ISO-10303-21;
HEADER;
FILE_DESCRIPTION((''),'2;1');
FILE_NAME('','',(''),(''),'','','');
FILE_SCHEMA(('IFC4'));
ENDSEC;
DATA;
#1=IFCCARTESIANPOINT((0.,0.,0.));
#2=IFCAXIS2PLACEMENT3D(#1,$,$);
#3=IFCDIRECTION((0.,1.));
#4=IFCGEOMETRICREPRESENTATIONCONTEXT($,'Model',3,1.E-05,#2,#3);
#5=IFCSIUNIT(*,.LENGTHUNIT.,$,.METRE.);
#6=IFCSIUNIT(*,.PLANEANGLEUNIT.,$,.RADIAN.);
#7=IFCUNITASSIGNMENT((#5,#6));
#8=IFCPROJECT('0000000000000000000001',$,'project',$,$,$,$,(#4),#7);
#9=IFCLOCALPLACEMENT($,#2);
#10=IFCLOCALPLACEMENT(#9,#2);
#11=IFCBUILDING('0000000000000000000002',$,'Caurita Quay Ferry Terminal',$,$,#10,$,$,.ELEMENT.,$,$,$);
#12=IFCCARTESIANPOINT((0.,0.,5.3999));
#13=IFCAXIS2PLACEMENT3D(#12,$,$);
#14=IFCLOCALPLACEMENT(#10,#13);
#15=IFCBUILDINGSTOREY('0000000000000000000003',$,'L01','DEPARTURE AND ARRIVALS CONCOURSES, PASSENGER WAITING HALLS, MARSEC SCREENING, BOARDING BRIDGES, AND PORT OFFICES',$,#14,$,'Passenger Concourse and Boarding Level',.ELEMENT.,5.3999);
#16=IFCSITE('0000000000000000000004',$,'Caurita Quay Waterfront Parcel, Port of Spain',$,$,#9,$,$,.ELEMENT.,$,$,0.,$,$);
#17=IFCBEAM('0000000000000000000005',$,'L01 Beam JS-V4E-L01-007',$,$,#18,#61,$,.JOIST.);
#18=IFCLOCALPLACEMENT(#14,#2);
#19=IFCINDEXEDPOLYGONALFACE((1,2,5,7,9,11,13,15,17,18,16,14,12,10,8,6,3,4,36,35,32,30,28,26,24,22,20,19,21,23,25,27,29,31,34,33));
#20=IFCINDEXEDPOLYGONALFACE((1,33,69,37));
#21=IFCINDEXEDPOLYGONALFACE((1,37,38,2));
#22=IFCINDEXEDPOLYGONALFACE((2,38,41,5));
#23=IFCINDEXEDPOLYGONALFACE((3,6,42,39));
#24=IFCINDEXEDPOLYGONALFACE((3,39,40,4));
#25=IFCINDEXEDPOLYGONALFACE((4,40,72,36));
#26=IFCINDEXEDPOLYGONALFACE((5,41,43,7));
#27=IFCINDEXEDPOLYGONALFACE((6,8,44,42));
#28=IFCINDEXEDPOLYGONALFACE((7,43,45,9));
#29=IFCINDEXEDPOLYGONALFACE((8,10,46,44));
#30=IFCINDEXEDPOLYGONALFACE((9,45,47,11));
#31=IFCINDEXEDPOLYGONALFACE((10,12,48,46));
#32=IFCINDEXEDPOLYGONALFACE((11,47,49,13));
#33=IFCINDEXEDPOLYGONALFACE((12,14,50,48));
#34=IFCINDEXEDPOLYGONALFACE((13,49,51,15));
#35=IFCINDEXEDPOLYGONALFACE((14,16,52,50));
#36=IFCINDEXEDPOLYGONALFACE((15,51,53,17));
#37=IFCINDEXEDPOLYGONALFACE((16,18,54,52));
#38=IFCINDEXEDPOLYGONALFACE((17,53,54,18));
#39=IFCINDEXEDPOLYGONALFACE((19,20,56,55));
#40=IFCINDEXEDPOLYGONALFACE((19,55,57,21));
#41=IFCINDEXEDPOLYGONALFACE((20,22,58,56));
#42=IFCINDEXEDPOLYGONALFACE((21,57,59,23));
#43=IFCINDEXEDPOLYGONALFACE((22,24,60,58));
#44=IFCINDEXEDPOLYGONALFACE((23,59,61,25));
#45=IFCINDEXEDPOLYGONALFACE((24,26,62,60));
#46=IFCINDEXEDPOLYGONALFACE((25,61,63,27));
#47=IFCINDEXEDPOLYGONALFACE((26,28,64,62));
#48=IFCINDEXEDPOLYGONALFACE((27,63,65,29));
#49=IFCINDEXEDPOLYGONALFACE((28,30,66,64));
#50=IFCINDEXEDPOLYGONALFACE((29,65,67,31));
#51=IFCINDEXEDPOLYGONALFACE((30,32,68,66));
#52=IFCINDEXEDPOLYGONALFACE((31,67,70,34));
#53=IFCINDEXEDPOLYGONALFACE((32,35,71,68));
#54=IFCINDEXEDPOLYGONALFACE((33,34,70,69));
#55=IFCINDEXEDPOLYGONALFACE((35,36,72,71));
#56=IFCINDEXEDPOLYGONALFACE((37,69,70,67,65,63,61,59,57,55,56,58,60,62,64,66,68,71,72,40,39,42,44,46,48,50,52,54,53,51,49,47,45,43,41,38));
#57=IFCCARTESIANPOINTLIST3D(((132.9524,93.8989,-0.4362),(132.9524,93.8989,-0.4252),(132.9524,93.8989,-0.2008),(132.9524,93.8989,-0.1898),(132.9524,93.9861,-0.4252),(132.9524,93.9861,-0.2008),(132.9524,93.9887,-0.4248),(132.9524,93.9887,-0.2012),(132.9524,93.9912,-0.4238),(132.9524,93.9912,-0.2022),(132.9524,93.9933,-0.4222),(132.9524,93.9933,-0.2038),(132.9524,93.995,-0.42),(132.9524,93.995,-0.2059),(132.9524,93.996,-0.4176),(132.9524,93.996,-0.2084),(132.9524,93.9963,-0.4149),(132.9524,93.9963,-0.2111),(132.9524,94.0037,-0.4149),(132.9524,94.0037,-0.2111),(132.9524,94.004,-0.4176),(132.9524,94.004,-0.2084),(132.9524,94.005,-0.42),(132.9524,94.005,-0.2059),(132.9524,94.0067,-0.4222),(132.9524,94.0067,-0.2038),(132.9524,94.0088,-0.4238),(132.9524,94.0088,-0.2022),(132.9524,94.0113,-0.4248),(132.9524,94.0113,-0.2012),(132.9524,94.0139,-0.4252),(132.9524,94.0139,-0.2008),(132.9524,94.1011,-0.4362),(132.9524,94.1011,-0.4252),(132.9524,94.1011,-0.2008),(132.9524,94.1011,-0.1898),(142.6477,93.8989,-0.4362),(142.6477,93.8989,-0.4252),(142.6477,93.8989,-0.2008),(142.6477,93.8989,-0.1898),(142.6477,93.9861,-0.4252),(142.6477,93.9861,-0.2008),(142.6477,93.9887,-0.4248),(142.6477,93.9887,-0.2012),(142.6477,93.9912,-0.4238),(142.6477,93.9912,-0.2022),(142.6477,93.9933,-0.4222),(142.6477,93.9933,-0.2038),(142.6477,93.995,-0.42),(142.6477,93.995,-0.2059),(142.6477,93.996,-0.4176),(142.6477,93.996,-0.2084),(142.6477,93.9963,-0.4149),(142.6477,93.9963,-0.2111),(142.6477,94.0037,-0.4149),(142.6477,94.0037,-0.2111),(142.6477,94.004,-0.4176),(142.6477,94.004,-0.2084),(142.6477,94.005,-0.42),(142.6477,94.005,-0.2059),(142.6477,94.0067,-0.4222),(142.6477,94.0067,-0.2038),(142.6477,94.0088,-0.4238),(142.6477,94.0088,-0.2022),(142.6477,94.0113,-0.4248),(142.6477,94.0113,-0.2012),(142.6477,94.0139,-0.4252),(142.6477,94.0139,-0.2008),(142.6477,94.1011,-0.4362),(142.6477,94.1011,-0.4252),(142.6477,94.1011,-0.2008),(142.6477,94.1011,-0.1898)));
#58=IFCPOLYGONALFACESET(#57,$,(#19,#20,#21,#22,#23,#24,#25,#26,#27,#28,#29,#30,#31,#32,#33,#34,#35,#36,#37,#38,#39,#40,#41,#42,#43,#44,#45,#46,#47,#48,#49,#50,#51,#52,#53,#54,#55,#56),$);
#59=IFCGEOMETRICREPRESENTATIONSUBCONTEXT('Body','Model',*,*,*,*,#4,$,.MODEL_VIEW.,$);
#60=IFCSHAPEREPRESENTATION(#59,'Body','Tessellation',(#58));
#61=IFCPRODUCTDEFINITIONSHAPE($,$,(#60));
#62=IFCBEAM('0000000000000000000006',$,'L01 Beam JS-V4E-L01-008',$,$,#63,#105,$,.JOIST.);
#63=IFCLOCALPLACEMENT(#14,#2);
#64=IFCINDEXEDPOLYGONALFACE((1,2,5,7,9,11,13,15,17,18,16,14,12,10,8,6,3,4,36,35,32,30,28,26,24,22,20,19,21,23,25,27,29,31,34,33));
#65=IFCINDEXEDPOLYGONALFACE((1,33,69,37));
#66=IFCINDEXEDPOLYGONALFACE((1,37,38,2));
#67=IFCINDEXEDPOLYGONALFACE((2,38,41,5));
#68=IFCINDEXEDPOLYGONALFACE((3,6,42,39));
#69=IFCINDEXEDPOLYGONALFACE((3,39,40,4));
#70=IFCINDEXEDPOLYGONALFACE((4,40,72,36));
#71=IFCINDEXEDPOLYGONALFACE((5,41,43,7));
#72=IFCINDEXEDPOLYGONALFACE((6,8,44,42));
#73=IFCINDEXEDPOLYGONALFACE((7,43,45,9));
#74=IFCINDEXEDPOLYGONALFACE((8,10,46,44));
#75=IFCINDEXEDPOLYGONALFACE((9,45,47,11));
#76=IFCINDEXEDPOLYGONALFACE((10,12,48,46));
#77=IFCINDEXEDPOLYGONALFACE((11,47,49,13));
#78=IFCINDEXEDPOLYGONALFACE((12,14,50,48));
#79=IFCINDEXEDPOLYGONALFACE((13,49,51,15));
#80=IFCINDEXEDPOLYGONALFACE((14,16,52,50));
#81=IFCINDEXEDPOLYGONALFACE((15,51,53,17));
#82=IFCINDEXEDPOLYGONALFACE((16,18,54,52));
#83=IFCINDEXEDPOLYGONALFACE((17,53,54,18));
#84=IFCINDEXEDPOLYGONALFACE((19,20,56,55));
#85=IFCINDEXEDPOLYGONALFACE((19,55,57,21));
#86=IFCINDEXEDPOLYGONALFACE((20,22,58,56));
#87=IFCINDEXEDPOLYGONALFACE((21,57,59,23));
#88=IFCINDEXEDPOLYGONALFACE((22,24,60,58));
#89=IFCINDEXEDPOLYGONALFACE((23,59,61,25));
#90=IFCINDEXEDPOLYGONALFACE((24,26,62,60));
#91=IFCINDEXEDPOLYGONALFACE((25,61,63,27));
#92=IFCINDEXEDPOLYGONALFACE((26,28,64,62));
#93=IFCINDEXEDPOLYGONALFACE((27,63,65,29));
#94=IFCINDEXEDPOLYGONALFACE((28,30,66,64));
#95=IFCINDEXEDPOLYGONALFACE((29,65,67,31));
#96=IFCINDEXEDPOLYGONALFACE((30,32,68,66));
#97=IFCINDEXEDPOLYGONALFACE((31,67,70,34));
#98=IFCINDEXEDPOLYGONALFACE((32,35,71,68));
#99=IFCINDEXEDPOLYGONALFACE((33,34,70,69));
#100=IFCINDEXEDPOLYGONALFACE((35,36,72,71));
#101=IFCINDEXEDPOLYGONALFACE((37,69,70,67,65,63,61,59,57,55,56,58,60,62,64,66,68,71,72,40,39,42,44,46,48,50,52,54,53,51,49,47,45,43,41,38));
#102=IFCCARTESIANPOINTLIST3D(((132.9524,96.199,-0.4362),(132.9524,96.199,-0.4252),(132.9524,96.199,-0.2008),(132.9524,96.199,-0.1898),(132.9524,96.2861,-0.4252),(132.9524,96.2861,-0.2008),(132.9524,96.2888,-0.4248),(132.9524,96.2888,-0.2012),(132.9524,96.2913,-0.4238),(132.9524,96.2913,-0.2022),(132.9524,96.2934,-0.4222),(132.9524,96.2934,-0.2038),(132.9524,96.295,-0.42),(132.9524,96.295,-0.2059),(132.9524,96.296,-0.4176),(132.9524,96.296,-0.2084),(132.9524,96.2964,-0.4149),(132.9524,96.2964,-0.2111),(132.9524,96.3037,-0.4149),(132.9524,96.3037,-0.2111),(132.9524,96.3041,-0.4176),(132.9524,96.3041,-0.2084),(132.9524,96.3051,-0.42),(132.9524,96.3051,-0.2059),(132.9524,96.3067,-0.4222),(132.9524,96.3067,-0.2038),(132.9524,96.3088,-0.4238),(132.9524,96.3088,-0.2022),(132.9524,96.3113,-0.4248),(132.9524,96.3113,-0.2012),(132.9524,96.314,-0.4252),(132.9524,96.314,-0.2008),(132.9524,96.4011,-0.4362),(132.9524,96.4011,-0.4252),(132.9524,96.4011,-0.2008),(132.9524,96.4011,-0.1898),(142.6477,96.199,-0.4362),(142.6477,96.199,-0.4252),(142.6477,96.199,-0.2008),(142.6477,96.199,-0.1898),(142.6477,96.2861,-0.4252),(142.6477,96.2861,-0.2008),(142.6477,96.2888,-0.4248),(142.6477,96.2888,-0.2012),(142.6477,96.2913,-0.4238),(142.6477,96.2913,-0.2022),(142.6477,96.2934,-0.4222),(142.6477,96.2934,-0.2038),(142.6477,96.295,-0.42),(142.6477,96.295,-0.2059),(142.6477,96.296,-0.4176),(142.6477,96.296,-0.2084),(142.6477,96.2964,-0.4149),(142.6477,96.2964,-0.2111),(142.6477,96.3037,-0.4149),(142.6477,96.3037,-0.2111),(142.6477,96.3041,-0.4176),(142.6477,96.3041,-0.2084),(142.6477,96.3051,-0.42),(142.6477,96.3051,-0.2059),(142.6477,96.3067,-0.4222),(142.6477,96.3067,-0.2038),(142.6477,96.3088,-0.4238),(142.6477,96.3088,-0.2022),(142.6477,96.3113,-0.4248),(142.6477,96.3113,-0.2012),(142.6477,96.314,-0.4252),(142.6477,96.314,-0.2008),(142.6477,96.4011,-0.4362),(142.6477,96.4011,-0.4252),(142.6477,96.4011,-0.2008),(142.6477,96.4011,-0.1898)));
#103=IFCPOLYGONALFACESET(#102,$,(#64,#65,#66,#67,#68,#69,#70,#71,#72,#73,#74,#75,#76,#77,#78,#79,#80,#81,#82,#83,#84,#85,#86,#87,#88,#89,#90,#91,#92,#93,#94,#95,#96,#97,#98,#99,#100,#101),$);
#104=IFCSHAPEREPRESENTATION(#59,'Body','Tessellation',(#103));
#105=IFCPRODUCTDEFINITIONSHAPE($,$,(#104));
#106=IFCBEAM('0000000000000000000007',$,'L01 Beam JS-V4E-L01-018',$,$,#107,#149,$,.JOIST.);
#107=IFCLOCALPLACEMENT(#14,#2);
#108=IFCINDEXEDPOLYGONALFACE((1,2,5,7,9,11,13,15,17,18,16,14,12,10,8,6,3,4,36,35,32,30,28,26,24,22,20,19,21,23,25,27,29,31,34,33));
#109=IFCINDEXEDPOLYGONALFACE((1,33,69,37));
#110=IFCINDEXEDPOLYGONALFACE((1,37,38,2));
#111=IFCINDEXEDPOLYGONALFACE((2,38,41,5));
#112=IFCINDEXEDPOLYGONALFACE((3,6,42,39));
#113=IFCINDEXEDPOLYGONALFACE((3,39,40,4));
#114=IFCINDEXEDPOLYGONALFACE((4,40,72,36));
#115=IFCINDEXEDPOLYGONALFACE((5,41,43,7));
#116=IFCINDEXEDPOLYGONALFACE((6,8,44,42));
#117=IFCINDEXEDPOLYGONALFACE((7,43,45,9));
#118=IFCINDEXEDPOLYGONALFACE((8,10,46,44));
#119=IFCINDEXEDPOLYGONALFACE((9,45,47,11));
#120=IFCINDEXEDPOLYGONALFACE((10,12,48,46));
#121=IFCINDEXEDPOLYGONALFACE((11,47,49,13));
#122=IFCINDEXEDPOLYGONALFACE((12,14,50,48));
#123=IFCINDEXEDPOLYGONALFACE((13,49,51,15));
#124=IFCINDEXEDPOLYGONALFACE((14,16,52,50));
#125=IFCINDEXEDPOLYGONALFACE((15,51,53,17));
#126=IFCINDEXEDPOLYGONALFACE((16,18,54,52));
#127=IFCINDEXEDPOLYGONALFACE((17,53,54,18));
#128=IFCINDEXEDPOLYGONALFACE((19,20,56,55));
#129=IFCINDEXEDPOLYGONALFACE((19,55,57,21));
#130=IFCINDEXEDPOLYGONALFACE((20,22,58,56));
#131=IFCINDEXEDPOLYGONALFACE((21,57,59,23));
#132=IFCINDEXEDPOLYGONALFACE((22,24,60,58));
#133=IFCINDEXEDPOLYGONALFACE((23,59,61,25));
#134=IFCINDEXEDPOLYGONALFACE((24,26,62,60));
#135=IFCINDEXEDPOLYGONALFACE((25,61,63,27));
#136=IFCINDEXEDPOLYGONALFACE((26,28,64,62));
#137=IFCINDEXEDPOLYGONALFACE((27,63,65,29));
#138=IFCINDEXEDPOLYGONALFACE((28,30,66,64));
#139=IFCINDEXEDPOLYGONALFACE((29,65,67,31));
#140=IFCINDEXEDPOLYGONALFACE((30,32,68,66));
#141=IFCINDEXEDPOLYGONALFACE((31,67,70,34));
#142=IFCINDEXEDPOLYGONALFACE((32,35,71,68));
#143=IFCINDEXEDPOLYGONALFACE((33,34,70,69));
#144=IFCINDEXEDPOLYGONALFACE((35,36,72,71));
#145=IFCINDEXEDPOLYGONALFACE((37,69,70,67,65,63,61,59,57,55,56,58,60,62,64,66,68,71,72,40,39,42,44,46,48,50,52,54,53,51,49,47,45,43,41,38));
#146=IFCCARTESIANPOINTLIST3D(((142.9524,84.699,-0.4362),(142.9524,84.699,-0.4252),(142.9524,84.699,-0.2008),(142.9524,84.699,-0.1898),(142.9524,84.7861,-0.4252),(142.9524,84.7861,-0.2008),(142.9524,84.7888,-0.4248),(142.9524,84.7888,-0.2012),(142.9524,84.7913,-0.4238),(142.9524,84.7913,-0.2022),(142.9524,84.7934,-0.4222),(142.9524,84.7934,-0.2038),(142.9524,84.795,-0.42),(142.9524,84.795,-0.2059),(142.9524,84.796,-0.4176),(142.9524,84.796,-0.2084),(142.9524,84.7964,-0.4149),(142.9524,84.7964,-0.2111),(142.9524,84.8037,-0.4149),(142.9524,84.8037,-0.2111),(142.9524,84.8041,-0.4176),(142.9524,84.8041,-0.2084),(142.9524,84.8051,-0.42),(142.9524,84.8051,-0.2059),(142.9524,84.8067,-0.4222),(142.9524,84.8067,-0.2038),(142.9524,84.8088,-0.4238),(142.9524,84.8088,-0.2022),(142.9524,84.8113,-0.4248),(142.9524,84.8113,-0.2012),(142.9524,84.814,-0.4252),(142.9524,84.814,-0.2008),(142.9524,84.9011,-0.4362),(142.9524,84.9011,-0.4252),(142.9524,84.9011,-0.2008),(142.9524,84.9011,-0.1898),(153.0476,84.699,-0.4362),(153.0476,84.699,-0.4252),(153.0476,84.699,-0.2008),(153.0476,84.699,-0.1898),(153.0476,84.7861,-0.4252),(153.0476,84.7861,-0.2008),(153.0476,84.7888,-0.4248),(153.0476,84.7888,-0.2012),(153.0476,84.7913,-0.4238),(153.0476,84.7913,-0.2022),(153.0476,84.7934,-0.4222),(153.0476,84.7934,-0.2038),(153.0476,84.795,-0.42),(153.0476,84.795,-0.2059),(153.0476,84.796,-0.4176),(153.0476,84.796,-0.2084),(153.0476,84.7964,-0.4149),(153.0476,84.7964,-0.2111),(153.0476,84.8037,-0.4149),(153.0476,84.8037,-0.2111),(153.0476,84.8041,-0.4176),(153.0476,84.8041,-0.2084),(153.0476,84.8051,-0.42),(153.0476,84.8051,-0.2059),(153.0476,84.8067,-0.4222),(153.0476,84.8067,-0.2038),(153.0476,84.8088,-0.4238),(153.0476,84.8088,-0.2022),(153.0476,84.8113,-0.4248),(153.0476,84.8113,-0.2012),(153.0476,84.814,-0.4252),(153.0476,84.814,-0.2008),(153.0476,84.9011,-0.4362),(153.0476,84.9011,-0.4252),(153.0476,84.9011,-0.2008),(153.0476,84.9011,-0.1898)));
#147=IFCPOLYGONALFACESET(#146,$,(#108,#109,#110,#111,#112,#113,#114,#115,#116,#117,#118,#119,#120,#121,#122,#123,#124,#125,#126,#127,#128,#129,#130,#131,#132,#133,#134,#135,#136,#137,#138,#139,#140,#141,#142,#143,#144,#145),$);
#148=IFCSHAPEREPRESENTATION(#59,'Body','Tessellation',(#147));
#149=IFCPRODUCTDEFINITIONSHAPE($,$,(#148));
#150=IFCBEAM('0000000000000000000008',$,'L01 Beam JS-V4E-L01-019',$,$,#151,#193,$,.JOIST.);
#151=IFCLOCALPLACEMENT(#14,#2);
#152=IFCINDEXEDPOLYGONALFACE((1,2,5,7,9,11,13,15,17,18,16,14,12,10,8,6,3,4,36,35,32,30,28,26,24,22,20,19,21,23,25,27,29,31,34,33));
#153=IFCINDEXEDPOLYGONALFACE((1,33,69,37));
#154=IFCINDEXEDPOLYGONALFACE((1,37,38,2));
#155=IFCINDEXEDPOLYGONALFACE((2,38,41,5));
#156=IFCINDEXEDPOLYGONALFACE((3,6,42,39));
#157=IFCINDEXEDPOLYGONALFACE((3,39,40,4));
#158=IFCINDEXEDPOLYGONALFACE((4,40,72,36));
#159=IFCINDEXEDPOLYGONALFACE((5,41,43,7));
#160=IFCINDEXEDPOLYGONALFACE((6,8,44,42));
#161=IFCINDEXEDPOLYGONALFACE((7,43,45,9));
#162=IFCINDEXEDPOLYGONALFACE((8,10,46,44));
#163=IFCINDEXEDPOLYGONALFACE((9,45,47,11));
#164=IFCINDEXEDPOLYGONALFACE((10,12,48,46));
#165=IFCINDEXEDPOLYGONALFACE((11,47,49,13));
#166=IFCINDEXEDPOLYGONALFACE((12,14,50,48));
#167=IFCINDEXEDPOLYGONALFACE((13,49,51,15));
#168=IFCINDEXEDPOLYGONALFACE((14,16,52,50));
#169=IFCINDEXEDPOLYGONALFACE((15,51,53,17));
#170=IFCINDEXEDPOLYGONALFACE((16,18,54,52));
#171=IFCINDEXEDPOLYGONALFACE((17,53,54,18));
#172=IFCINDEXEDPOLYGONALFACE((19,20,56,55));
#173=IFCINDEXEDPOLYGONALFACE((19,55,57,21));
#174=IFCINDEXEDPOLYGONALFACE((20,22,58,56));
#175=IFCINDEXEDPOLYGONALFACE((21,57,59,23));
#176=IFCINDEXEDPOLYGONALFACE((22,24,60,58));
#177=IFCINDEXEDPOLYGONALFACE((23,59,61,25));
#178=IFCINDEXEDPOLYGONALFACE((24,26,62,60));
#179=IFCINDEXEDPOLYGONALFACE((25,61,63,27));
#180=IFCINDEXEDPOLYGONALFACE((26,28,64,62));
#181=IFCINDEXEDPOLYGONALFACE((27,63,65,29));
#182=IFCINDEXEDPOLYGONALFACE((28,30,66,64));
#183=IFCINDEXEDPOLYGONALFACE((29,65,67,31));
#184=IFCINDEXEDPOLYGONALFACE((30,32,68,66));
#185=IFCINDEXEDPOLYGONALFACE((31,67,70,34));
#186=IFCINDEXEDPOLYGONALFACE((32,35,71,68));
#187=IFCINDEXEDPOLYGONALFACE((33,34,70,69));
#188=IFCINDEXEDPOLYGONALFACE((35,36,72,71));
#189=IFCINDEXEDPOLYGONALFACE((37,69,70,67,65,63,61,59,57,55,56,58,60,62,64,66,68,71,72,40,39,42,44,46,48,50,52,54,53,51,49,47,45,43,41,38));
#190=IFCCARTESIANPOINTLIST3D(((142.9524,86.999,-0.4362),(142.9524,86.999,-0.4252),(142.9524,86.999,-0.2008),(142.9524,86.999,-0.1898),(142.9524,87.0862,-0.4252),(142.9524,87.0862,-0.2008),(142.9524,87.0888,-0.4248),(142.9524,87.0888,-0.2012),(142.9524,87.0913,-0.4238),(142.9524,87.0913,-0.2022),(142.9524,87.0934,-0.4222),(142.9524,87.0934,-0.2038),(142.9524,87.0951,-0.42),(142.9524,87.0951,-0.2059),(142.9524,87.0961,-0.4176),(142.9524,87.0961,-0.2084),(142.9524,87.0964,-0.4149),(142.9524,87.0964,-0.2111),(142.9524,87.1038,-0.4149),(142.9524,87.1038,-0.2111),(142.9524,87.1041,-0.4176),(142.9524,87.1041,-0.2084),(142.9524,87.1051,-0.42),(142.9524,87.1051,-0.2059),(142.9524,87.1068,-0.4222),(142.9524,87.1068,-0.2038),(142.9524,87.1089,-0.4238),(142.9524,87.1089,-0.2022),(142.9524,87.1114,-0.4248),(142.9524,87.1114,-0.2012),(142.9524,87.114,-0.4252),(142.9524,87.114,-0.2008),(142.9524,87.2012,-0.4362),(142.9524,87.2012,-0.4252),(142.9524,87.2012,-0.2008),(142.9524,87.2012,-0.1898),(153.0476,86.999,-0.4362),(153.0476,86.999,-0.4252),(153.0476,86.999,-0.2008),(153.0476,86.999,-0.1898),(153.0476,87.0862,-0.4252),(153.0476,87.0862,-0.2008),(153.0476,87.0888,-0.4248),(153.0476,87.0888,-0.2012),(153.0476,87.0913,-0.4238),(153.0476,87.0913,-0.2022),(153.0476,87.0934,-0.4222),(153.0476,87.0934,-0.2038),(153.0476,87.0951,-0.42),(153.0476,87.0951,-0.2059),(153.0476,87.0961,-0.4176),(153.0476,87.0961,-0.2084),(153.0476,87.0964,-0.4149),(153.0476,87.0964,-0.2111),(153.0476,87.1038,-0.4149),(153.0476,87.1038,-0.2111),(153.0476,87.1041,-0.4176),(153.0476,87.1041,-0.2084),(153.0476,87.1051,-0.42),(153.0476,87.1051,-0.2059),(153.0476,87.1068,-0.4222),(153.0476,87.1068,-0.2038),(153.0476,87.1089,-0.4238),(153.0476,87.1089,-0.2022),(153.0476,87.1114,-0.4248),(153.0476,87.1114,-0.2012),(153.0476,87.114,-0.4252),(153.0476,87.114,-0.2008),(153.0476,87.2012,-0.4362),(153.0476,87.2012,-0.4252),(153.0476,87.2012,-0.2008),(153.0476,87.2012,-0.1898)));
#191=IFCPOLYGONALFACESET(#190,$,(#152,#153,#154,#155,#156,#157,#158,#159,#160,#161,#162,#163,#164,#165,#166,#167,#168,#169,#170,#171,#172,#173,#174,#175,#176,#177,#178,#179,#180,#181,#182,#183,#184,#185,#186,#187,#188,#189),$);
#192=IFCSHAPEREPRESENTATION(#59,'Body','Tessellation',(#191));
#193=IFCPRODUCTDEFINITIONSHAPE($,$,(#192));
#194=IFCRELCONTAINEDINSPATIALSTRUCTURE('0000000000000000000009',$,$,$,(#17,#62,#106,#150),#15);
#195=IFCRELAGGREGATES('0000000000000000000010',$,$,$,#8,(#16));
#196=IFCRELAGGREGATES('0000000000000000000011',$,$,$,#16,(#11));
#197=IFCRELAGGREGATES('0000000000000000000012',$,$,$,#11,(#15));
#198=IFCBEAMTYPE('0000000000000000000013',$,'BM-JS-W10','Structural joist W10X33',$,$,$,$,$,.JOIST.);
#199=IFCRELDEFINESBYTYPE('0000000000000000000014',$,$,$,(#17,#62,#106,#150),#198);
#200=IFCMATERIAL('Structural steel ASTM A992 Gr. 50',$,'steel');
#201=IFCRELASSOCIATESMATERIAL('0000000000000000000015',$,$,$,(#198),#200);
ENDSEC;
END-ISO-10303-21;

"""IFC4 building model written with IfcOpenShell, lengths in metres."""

from ifc_helpers import new_model, si_unit, direction, frame, origin, origin_2d, place, context, subcontext, project, spatial, i_section, extrude, material, material_profile, profile_set, type_object, element, save


model = new_model("IFC4")

# Units and contexts
model_context = context("Model", 3, precision=1e-05, world=origin(), true_north=direction((0.0, 1.0)))
body_context = subcontext(model_context, "Body", "Model", "MODEL_VIEW")
ifc_project = project(units=[si_unit("LENGTHUNIT", "METRE"), si_unit("PLANEANGLEUNIT", "RADIAN")], contexts=[model_context])

# Site, building, storey
site_placement = place(None, origin())
site = spatial("IfcSite", under=ifc_project, at=site_placement, Name="Caurita Quay Waterfront Parcel, Port of Spain", CompositionType="ELEMENT", RefElevation=0.0)
building_placement = place(site_placement, origin())
building = spatial("IfcBuilding", under=site, at=building_placement, Name="Caurita Quay Ferry Terminal", CompositionType="ELEMENT")
storey_placement = place(building_placement, frame((0.0, 0.0, 5.3999)))
storey = spatial("IfcBuildingStorey", under=building, at=storey_placement, Name="L01", Description="DEPARTURE AND ARRIVALS CONCOURSES, PASSENGER WAITING HALLS, MARSEC SCREENING, BOARDING BRIDGES, AND PORT OFFICES", LongName="Passenger Concourse and Boarding Level", CompositionType="ELEMENT", Elevation=5.3999)

# Beams
ifc_material_1 = material(Name="Structural steel ASTM A992 Gr. 50", Category="steel")
ifc_material_profile_1 = material_profile(ifc_material_1, i_section(OverallWidth=0.2021, OverallDepth=0.2463, WebThickness=0.0073, FlangeThickness=0.011, FilletRadius=0.0103, at=origin_2d()), Name="W10X33")
ifc_profile_set_1 = profile_set([ifc_material_profile_1], Name="Structural steel ASTM A992 Gr. 50")
beam_type_1 = type_object("IfcBeamType", Name="BM-JS-W10", Description="Structural joist W10X33", PredefinedType="JOIST", material=ifc_profile_set_1)
for number, where, z_axis, x_axis, name in (
    (1, (132.9524, 94.0, -0.313), (1.0, 0.0, 0.0), (0.0, 1.0, 0.0), "L01 Beam JS-V4E-L01-007"),
    (2, (132.9524, 96.3, -0.313), (1.0, 0.0, 0.0), (0.0, 1.0, 0.0), "L01 Beam JS-V4E-L01-008"),
):
    element("IfcBeam", number, at=place(storey_placement, frame(where, z_axis=z_axis, x_axis=x_axis)), inside=storey, type_object=beam_type_1, Name=name, PredefinedType="JOIST", context=body_context, shape_type="SweptSolid", body=[
        extrude(i_section(OverallWidth=0.2021, OverallDepth=0.2463, WebThickness=0.0073, FlangeThickness=0.011, FilletRadius=0.0103, at=origin_2d()), origin(), (0.0, 0.0, 1.0), 9.6953),
    ])
for number, where, z_axis, x_axis, name in (
    (3, (142.9524, 84.8, -0.313), (1.0, 0.0, 0.0), (0.0, 1.0, 0.0), "L01 Beam JS-V4E-L01-018"),
    (4, (142.9524, 87.1001, -0.313), (1.0, 0.0, 0.0), (0.0, 1.0, 0.0), "L01 Beam JS-V4E-L01-019"),
):
    element("IfcBeam", number, at=place(storey_placement, frame(where, z_axis=z_axis, x_axis=x_axis)), inside=storey, type_object=beam_type_1, Name=name, PredefinedType="JOIST", context=body_context, shape_type="SweptSolid", body=[
        extrude(i_section(OverallWidth=0.2021, OverallDepth=0.2463, WebThickness=0.0073, FlangeThickness=0.011, FilletRadius=0.0103, at=origin_2d()), origin(), (0.0, 0.0, 1.0), 10.0952),
    ])

save(model, "model.ifc")
